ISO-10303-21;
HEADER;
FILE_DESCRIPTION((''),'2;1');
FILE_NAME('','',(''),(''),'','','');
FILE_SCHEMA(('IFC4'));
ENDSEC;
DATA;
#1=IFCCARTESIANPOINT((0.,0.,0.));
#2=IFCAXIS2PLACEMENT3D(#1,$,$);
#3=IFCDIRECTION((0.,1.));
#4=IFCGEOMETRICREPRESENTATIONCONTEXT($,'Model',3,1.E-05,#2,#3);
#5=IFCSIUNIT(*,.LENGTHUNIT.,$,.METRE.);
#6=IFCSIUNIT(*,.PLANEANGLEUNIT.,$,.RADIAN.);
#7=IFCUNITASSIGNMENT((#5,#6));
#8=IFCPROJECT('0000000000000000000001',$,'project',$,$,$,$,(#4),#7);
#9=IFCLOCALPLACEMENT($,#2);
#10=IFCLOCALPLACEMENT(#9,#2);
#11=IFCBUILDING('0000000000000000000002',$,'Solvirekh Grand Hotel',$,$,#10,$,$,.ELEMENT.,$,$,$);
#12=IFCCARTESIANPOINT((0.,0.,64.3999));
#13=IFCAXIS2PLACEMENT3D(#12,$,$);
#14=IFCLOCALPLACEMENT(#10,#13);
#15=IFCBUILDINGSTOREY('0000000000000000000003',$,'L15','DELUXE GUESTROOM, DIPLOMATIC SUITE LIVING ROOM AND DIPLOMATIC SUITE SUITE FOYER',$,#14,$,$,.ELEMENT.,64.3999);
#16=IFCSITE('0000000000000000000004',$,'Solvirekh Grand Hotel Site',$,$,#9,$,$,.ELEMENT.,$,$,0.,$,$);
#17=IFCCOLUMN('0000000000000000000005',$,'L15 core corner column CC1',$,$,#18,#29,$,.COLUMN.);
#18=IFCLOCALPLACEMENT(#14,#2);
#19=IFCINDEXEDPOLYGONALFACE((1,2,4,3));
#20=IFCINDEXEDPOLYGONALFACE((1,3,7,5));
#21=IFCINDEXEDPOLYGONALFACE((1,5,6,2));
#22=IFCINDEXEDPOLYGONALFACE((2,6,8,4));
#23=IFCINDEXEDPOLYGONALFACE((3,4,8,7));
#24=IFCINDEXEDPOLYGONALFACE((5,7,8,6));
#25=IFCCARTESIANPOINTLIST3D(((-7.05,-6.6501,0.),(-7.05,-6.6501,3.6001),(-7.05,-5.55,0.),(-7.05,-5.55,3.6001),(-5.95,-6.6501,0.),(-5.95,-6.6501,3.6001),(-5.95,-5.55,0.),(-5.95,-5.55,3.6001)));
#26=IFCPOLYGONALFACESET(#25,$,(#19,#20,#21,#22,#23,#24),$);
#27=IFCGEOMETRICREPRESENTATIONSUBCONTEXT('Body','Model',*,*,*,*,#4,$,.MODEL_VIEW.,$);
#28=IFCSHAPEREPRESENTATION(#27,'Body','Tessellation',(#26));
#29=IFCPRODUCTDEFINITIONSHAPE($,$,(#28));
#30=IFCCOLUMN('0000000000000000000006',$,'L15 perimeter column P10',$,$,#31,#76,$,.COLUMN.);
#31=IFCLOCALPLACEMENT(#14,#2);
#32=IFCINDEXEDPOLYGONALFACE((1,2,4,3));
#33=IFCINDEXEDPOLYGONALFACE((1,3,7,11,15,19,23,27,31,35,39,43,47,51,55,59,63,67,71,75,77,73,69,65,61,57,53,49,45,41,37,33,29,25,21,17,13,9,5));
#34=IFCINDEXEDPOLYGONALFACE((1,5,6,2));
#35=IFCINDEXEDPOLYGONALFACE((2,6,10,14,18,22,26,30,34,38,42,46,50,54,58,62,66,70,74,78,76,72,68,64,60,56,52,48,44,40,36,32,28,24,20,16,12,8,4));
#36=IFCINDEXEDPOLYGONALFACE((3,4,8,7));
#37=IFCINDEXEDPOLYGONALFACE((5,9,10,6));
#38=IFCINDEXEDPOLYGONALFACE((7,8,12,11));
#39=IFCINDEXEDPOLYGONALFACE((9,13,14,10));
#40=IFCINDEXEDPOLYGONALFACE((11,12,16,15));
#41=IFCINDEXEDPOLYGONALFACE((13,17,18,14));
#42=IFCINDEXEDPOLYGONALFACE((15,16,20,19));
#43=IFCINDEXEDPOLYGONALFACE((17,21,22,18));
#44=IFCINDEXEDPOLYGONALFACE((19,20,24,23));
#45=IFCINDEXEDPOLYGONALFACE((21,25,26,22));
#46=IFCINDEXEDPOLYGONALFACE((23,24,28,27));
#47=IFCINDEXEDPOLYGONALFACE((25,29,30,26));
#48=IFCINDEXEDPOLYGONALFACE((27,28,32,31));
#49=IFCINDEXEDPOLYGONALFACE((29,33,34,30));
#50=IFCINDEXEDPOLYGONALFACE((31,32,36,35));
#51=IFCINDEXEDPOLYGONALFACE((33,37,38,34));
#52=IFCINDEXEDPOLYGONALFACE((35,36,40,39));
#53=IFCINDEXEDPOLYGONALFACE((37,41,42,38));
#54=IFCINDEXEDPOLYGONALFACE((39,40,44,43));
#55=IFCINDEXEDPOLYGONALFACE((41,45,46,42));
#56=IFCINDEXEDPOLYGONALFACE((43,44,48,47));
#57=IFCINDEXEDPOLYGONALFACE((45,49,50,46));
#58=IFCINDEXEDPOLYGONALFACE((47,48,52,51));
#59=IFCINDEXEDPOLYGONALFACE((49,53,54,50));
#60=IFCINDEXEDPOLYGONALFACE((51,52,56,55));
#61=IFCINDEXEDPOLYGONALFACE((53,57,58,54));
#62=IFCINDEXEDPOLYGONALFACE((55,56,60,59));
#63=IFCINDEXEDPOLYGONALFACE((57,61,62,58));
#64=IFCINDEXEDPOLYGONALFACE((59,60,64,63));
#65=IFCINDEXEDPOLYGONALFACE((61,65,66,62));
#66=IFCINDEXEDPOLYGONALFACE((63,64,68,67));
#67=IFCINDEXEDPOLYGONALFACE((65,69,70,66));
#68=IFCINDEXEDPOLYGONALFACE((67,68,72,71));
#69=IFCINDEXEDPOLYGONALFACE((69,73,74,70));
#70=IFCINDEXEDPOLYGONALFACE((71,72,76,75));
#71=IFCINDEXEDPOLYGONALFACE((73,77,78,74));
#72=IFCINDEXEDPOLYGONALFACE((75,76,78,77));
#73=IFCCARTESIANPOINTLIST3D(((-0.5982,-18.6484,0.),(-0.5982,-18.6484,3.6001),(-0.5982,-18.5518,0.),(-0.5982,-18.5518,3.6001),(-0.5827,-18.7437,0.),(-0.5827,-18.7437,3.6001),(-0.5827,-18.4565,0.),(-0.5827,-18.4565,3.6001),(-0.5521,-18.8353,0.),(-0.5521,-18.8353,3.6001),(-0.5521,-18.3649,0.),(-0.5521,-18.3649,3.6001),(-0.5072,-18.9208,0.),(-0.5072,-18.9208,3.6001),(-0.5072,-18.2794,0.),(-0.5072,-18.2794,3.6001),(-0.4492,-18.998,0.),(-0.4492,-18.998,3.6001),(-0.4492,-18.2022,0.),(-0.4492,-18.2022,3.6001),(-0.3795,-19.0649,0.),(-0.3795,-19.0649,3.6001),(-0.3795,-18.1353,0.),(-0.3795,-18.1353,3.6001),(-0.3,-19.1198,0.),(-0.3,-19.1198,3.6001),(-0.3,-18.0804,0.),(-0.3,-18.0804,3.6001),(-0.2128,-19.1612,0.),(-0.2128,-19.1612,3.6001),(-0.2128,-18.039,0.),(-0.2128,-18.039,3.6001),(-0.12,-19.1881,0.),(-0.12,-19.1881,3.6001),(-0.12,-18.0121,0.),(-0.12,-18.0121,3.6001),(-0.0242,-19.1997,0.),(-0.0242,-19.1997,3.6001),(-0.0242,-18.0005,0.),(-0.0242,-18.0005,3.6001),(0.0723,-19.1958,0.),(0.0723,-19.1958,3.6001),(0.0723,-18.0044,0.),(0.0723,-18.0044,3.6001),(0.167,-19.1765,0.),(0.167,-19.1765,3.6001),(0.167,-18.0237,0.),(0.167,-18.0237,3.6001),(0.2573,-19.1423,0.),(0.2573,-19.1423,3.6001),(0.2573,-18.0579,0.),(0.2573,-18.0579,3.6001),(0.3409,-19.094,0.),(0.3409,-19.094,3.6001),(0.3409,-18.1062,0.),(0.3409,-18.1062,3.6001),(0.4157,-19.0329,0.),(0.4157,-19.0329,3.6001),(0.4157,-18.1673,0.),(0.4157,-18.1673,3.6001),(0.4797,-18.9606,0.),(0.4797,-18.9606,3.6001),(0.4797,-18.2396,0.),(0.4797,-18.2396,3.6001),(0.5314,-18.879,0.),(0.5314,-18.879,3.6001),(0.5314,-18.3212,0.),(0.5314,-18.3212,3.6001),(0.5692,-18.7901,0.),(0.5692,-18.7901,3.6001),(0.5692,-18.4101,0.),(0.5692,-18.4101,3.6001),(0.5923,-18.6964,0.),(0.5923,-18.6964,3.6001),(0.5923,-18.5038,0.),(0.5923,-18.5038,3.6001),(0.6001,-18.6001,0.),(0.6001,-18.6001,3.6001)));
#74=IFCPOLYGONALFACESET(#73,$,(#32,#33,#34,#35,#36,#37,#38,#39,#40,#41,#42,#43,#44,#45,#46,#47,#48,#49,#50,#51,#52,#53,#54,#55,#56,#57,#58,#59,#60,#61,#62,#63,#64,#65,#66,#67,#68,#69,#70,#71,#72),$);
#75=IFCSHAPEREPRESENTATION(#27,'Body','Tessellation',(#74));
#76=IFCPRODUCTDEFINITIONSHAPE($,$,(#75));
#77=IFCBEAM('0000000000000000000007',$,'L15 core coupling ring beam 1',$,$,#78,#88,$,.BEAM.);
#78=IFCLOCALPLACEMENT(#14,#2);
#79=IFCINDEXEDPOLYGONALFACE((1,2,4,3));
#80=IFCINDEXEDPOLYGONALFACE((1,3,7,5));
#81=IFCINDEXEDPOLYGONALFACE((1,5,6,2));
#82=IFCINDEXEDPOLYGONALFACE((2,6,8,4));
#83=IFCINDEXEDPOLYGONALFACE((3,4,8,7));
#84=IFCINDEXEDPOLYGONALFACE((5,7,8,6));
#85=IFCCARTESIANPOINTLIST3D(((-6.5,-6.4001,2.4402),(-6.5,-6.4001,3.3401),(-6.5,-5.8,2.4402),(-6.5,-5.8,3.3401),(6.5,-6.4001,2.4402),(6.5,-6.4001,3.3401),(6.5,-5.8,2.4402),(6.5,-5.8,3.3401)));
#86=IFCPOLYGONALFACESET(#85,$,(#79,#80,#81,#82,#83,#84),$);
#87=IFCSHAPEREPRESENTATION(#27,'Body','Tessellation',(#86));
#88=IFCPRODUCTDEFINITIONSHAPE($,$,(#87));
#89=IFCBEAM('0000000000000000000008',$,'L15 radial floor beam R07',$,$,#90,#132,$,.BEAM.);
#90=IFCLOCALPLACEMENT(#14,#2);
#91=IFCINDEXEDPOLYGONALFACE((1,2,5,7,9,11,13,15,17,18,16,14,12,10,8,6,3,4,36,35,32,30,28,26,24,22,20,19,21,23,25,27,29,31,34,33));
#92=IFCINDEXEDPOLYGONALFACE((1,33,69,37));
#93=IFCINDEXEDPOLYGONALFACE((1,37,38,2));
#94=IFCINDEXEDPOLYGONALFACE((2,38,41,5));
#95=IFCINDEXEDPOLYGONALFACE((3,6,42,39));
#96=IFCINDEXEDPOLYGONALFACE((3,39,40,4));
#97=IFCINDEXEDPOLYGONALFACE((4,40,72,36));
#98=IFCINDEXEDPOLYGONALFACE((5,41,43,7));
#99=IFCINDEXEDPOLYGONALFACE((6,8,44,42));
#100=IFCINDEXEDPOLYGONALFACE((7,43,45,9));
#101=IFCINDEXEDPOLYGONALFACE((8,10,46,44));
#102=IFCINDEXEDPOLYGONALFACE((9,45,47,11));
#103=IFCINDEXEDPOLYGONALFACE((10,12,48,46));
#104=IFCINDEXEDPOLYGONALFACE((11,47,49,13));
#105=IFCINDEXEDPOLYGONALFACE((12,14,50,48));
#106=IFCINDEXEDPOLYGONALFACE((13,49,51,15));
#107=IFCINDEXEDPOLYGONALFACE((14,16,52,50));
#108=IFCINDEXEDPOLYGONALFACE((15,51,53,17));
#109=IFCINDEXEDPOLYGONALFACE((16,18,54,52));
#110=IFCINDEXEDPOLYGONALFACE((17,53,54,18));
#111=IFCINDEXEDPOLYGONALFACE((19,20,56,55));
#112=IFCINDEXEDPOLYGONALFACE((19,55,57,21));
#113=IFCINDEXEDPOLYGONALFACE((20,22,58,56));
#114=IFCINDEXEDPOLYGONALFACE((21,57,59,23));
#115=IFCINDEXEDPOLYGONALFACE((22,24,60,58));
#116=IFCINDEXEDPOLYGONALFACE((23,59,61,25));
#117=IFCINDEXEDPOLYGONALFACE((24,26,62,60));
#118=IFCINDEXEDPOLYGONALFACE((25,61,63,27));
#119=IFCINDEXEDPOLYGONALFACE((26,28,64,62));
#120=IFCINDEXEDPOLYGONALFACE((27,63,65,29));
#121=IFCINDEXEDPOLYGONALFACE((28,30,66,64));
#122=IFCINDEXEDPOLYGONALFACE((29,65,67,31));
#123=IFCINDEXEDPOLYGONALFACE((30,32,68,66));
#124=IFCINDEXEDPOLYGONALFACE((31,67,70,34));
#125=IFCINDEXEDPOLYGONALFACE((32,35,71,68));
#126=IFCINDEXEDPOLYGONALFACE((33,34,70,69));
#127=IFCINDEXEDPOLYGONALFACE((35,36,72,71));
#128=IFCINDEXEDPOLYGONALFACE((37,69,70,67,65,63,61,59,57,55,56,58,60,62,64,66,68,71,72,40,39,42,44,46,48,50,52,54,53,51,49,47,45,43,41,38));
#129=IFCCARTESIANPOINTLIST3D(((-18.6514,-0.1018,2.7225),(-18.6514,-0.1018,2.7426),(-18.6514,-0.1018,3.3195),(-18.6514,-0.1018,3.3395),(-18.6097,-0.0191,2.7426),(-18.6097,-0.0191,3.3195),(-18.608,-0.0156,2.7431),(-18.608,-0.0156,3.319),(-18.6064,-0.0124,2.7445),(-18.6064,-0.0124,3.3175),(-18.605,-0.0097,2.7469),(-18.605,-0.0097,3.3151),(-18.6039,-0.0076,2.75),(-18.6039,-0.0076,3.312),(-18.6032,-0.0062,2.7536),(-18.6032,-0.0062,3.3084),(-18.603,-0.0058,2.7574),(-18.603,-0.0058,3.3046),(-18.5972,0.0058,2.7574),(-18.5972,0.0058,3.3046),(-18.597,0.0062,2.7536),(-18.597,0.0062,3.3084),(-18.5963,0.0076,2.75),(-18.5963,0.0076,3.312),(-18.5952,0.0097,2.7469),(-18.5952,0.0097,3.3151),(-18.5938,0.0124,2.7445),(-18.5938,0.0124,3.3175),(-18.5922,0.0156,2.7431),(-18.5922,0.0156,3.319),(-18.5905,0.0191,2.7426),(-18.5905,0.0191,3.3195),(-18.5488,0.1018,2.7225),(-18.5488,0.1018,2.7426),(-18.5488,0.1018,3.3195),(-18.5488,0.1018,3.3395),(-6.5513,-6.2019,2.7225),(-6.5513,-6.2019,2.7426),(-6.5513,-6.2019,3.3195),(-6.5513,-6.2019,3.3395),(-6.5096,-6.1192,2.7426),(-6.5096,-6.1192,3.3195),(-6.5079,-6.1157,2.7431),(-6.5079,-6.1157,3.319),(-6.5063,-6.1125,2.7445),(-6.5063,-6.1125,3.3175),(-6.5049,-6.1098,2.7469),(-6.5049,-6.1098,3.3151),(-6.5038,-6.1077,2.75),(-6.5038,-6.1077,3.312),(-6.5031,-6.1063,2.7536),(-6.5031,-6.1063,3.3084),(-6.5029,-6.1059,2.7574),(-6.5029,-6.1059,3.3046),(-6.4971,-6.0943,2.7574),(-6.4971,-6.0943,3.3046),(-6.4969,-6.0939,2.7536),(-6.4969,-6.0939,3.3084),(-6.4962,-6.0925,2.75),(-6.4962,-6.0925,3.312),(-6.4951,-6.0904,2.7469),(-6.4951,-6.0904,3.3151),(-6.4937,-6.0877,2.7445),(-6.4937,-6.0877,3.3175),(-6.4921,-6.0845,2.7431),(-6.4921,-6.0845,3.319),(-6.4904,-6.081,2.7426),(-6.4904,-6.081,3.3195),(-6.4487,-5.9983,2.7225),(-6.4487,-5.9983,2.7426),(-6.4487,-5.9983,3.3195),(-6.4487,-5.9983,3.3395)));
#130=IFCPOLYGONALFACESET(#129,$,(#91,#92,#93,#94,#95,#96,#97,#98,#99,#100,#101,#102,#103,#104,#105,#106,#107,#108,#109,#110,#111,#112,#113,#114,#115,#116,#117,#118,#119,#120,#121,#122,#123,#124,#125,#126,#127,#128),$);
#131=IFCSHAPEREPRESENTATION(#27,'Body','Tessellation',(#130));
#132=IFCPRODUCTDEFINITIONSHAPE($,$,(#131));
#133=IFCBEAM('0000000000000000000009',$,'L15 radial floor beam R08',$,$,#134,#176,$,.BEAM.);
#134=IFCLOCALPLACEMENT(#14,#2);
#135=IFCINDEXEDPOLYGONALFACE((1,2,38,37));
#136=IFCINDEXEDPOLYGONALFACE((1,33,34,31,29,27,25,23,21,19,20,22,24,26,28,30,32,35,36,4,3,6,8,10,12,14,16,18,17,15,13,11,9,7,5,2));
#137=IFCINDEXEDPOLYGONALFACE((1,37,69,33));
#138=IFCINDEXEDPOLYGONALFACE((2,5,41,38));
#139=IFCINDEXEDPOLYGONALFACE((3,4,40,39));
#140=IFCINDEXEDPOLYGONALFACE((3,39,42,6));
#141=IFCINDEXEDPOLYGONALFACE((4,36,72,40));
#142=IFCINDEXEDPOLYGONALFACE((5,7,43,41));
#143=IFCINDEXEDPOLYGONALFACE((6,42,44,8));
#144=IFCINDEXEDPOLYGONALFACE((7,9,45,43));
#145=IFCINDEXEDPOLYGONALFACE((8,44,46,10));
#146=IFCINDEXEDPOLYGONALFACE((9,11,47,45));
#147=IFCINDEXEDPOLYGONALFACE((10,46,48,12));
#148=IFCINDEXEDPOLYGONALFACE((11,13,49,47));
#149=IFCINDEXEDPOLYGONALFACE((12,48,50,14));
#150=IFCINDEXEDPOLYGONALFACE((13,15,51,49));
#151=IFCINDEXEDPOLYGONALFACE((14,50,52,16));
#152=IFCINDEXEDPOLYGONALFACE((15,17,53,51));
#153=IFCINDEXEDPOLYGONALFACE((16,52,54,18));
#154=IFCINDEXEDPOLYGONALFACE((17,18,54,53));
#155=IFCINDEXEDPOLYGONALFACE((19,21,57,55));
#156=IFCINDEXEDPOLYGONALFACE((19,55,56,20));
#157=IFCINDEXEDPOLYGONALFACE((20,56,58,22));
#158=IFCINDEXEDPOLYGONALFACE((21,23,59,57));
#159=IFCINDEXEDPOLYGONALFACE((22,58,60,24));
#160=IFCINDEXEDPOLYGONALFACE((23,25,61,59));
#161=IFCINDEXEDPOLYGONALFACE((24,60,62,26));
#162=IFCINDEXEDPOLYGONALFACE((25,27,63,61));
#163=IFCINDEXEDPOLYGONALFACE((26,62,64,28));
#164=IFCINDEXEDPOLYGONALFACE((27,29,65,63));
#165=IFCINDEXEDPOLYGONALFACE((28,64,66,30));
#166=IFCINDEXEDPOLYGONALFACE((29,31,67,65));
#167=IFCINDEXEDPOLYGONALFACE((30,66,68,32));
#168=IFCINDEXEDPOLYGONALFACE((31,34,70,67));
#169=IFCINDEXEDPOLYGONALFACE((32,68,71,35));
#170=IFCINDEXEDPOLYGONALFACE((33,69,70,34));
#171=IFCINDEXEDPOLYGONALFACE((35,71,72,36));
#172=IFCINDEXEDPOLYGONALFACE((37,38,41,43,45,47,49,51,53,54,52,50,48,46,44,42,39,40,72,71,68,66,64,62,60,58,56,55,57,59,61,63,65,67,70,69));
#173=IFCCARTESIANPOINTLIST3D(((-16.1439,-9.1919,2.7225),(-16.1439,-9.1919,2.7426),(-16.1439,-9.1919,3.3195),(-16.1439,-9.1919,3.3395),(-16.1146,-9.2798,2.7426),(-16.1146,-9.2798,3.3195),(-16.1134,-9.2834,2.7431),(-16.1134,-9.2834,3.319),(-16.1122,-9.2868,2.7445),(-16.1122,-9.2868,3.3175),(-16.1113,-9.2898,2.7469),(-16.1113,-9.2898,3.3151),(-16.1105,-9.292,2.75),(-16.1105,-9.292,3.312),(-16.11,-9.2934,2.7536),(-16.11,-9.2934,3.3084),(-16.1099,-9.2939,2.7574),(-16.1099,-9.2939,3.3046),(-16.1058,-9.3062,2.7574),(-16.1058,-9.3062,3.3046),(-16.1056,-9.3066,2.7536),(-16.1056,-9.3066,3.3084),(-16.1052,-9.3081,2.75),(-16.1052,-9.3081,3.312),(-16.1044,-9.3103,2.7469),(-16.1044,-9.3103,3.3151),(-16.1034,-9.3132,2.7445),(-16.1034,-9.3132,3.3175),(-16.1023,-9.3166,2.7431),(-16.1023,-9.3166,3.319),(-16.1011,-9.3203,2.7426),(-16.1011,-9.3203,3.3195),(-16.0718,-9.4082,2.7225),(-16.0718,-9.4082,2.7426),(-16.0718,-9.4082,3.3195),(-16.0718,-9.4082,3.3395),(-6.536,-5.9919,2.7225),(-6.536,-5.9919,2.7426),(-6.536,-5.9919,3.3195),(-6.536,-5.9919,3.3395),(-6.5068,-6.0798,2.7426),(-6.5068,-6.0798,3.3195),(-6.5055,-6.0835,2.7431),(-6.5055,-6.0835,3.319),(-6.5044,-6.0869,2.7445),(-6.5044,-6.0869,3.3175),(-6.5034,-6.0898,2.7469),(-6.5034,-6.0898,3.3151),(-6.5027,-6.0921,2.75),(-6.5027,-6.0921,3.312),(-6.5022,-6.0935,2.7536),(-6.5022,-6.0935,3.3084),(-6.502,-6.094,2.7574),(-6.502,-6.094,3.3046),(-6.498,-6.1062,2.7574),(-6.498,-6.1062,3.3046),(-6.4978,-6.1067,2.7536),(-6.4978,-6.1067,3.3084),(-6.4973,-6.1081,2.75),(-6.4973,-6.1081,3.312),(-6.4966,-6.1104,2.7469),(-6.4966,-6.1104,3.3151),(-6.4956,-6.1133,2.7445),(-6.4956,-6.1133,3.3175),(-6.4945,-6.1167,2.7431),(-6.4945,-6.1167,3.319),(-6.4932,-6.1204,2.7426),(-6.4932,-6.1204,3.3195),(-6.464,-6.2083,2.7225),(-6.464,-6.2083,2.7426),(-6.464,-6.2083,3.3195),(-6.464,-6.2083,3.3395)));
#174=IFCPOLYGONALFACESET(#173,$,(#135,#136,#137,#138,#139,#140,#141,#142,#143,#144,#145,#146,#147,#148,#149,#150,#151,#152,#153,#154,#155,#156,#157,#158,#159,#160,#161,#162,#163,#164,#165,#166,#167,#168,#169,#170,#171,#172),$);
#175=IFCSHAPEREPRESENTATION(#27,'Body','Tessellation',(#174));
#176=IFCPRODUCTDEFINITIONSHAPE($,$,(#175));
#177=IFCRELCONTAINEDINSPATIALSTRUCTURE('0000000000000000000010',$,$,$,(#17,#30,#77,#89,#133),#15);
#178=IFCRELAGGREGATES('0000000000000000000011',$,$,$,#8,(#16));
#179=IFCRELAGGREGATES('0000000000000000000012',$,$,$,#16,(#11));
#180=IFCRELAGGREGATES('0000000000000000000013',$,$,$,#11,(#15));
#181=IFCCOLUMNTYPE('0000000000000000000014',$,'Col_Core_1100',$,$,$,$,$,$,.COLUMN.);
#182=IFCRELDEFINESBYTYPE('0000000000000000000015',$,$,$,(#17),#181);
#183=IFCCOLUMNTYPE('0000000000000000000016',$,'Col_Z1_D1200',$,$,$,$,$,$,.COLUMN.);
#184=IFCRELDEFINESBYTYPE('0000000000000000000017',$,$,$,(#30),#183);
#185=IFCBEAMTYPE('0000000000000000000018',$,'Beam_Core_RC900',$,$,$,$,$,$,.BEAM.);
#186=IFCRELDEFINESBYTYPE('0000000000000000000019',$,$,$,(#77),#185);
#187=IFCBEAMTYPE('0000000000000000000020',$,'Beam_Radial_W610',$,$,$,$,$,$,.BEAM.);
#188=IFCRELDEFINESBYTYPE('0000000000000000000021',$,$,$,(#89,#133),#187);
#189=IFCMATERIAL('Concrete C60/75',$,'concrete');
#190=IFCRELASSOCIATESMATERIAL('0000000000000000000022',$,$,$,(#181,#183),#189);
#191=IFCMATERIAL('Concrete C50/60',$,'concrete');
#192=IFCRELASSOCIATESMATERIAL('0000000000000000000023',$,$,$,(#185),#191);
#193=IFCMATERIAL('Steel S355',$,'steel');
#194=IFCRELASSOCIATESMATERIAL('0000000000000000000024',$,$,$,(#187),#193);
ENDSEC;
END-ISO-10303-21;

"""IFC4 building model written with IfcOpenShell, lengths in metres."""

from ifc_helpers import new_model, si_unit, direction, frame, origin, origin_2d, place, context, subcontext, project, spatial, rectangle, circle, i_section, extrude, material, material_profile, profile_set, type_object, element, save


model = new_model("IFC4")

# Units and contexts
model_context = context("Model", 3, precision=1e-05, world=origin(), true_north=direction((0.0, 1.0)))
body_context = subcontext(model_context, "Body", "Model", "MODEL_VIEW")
ifc_project = project(units=[si_unit("LENGTHUNIT", "METRE"), si_unit("PLANEANGLEUNIT", "RADIAN")], contexts=[model_context])

# Site, building, storey
site_placement = place(None, origin())
site = spatial("IfcSite", under=ifc_project, at=site_placement, Name="Solvirekh Grand Hotel Site", CompositionType="ELEMENT", RefElevation=0.0)
building_placement = place(site_placement, origin())
building = spatial("IfcBuilding", under=site, at=building_placement, Name="Solvirekh Grand Hotel", CompositionType="ELEMENT")
storey_placement = place(building_placement, frame((0.0, 0.0, 64.3999)))
storey = spatial("IfcBuildingStorey", under=building, at=storey_placement, Name="L15", Description="DELUXE GUESTROOM, DIPLOMATIC SUITE LIVING ROOM AND DIPLOMATIC SUITE SUITE FOYER", CompositionType="ELEMENT", Elevation=64.3999)

# Columns
ifc_material_1 = material(Name="Concrete C60/75", Category="concrete")
ifc_material_profile_1 = material_profile(ifc_material_1, rectangle(XDim=1.1001, YDim=1.1001, at=origin_2d()), Name="RC 1100X1100")
ifc_profile_set_1 = profile_set([ifc_material_profile_1], Name="Concrete C60/75")
column_type_1 = type_object("IfcColumnType", Name="Col_Core_1100", PredefinedType="COLUMN", material=ifc_profile_set_1)
column_1_placement = place(storey_placement, frame((-6.5, -6.1001, 0.0), z_axis=(0.0, 0.0, 1.0), x_axis=(1.0, 0.0, 0.0)))
element("IfcColumn", 1, at=column_1_placement, inside=storey, type_object=column_type_1, Name="L15 core corner column CC1", PredefinedType="COLUMN", context=body_context, shape_type="SweptSolid", body=[
    extrude(rectangle(XDim=1.1001, YDim=1.1001, at=origin_2d()), origin(), (0.0, 0.0, 1.0), 3.6001),
])
ifc_material_profile_2 = material_profile(ifc_material_1, circle(Radius=0.6001, at=origin_2d()), Name="RC CIRC D1200")
ifc_profile_set_2 = profile_set([ifc_material_profile_2], Name="Concrete C60/75")
column_type_2 = type_object("IfcColumnType", Name="Col_Z1_D1200", PredefinedType="COLUMN", material=ifc_profile_set_2)
column_2_placement = place(storey_placement, frame((0.0, -18.6001, 0.0), z_axis=(0.0, 0.0, 1.0), x_axis=(1.0, 0.0, 0.0)))
element("IfcColumn", 2, at=column_2_placement, inside=storey, type_object=column_type_2, Name="L15 perimeter column P10", PredefinedType="COLUMN", context=body_context, shape_type="SweptSolid", body=[
    extrude(circle(Radius=0.6001, at=origin_2d()), origin(), (0.0, 0.0, 1.0), 3.6001),
])

# Beams
ifc_material_2 = material(Name="Concrete C50/60", Category="concrete")
ifc_material_profile_3 = material_profile(ifc_material_2, rectangle(XDim=0.6001, YDim=0.8999, at=origin_2d()), Name="RC BEAM 600X900")
ifc_profile_set_3 = profile_set([ifc_material_profile_3], Name="Concrete C50/60")
beam_type_1 = type_object("IfcBeamType", Name="Beam_Core_RC900", PredefinedType="BEAM", material=ifc_profile_set_3)
beam_1_placement = place(storey_placement, frame((-6.5, -6.1001, 2.8901), z_axis=(1.0, 0.0, 0.0), x_axis=(0.0, 1.0, 0.0)))
element("IfcBeam", 3, at=beam_1_placement, inside=storey, type_object=beam_type_1, Name="L15 core coupling ring beam 1", PredefinedType="BEAM", context=body_context, shape_type="SweptSolid", body=[
    extrude(rectangle(XDim=0.6001, YDim=0.8999, at=origin_2d()), origin(), (0.0, 0.0, 1.0), 13.0),
])
ifc_material_3 = material(Name="Steel S355", Category="steel")
ifc_material_profile_4 = material_profile(ifc_material_3, i_section(OverallWidth=0.228, OverallDepth=0.6169, WebThickness=0.0129, FlangeThickness=0.02, FilletRadius=0.0149, at=origin_2d()), Name="W610X140")
ifc_profile_set_4 = profile_set([ifc_material_profile_4], Name="Steel S355")
beam_type_2 = type_object("IfcBeamType", Name="Beam_Radial_W610", PredefinedType="BEAM", material=ifc_profile_set_4)
beam_2_placement = place(storey_placement, frame((-6.5, -6.1001, 3.031), z_axis=(-0.892945, 0.450166, 0.0), x_axis=(-0.450166, -0.892945, 0.0)))
element("IfcBeam", 4, at=beam_2_placement, inside=storey, type_object=beam_type_2, Name="L15 radial floor beam R07", PredefinedType="BEAM", context=body_context, shape_type="SweptSolid", body=[
    extrude(i_section(OverallWidth=0.228, OverallDepth=0.6169, WebThickness=0.0129, FlangeThickness=0.02, FilletRadius=0.0149, at=origin_2d()), origin(), (0.0, 0.0, 1.0), 13.5508),
])
beam_3_placement = place(storey_placement, frame((-6.5, -6.1001, 3.031), z_axis=(-0.948763, -0.315989, 0.0), x_axis=(0.315989, -0.948763, 0.0)))
element("IfcBeam", 5, at=beam_3_placement, inside=storey, type_object=beam_type_2, Name="L15 radial floor beam R08", PredefinedType="BEAM", context=body_context, shape_type="SweptSolid", body=[
    extrude(i_section(OverallWidth=0.228, OverallDepth=0.6169, WebThickness=0.0129, FlangeThickness=0.02, FilletRadius=0.0149, at=origin_2d()), origin(), (0.0, 0.0, 1.0), 10.1267),
])

save(model, "model.ifc")
